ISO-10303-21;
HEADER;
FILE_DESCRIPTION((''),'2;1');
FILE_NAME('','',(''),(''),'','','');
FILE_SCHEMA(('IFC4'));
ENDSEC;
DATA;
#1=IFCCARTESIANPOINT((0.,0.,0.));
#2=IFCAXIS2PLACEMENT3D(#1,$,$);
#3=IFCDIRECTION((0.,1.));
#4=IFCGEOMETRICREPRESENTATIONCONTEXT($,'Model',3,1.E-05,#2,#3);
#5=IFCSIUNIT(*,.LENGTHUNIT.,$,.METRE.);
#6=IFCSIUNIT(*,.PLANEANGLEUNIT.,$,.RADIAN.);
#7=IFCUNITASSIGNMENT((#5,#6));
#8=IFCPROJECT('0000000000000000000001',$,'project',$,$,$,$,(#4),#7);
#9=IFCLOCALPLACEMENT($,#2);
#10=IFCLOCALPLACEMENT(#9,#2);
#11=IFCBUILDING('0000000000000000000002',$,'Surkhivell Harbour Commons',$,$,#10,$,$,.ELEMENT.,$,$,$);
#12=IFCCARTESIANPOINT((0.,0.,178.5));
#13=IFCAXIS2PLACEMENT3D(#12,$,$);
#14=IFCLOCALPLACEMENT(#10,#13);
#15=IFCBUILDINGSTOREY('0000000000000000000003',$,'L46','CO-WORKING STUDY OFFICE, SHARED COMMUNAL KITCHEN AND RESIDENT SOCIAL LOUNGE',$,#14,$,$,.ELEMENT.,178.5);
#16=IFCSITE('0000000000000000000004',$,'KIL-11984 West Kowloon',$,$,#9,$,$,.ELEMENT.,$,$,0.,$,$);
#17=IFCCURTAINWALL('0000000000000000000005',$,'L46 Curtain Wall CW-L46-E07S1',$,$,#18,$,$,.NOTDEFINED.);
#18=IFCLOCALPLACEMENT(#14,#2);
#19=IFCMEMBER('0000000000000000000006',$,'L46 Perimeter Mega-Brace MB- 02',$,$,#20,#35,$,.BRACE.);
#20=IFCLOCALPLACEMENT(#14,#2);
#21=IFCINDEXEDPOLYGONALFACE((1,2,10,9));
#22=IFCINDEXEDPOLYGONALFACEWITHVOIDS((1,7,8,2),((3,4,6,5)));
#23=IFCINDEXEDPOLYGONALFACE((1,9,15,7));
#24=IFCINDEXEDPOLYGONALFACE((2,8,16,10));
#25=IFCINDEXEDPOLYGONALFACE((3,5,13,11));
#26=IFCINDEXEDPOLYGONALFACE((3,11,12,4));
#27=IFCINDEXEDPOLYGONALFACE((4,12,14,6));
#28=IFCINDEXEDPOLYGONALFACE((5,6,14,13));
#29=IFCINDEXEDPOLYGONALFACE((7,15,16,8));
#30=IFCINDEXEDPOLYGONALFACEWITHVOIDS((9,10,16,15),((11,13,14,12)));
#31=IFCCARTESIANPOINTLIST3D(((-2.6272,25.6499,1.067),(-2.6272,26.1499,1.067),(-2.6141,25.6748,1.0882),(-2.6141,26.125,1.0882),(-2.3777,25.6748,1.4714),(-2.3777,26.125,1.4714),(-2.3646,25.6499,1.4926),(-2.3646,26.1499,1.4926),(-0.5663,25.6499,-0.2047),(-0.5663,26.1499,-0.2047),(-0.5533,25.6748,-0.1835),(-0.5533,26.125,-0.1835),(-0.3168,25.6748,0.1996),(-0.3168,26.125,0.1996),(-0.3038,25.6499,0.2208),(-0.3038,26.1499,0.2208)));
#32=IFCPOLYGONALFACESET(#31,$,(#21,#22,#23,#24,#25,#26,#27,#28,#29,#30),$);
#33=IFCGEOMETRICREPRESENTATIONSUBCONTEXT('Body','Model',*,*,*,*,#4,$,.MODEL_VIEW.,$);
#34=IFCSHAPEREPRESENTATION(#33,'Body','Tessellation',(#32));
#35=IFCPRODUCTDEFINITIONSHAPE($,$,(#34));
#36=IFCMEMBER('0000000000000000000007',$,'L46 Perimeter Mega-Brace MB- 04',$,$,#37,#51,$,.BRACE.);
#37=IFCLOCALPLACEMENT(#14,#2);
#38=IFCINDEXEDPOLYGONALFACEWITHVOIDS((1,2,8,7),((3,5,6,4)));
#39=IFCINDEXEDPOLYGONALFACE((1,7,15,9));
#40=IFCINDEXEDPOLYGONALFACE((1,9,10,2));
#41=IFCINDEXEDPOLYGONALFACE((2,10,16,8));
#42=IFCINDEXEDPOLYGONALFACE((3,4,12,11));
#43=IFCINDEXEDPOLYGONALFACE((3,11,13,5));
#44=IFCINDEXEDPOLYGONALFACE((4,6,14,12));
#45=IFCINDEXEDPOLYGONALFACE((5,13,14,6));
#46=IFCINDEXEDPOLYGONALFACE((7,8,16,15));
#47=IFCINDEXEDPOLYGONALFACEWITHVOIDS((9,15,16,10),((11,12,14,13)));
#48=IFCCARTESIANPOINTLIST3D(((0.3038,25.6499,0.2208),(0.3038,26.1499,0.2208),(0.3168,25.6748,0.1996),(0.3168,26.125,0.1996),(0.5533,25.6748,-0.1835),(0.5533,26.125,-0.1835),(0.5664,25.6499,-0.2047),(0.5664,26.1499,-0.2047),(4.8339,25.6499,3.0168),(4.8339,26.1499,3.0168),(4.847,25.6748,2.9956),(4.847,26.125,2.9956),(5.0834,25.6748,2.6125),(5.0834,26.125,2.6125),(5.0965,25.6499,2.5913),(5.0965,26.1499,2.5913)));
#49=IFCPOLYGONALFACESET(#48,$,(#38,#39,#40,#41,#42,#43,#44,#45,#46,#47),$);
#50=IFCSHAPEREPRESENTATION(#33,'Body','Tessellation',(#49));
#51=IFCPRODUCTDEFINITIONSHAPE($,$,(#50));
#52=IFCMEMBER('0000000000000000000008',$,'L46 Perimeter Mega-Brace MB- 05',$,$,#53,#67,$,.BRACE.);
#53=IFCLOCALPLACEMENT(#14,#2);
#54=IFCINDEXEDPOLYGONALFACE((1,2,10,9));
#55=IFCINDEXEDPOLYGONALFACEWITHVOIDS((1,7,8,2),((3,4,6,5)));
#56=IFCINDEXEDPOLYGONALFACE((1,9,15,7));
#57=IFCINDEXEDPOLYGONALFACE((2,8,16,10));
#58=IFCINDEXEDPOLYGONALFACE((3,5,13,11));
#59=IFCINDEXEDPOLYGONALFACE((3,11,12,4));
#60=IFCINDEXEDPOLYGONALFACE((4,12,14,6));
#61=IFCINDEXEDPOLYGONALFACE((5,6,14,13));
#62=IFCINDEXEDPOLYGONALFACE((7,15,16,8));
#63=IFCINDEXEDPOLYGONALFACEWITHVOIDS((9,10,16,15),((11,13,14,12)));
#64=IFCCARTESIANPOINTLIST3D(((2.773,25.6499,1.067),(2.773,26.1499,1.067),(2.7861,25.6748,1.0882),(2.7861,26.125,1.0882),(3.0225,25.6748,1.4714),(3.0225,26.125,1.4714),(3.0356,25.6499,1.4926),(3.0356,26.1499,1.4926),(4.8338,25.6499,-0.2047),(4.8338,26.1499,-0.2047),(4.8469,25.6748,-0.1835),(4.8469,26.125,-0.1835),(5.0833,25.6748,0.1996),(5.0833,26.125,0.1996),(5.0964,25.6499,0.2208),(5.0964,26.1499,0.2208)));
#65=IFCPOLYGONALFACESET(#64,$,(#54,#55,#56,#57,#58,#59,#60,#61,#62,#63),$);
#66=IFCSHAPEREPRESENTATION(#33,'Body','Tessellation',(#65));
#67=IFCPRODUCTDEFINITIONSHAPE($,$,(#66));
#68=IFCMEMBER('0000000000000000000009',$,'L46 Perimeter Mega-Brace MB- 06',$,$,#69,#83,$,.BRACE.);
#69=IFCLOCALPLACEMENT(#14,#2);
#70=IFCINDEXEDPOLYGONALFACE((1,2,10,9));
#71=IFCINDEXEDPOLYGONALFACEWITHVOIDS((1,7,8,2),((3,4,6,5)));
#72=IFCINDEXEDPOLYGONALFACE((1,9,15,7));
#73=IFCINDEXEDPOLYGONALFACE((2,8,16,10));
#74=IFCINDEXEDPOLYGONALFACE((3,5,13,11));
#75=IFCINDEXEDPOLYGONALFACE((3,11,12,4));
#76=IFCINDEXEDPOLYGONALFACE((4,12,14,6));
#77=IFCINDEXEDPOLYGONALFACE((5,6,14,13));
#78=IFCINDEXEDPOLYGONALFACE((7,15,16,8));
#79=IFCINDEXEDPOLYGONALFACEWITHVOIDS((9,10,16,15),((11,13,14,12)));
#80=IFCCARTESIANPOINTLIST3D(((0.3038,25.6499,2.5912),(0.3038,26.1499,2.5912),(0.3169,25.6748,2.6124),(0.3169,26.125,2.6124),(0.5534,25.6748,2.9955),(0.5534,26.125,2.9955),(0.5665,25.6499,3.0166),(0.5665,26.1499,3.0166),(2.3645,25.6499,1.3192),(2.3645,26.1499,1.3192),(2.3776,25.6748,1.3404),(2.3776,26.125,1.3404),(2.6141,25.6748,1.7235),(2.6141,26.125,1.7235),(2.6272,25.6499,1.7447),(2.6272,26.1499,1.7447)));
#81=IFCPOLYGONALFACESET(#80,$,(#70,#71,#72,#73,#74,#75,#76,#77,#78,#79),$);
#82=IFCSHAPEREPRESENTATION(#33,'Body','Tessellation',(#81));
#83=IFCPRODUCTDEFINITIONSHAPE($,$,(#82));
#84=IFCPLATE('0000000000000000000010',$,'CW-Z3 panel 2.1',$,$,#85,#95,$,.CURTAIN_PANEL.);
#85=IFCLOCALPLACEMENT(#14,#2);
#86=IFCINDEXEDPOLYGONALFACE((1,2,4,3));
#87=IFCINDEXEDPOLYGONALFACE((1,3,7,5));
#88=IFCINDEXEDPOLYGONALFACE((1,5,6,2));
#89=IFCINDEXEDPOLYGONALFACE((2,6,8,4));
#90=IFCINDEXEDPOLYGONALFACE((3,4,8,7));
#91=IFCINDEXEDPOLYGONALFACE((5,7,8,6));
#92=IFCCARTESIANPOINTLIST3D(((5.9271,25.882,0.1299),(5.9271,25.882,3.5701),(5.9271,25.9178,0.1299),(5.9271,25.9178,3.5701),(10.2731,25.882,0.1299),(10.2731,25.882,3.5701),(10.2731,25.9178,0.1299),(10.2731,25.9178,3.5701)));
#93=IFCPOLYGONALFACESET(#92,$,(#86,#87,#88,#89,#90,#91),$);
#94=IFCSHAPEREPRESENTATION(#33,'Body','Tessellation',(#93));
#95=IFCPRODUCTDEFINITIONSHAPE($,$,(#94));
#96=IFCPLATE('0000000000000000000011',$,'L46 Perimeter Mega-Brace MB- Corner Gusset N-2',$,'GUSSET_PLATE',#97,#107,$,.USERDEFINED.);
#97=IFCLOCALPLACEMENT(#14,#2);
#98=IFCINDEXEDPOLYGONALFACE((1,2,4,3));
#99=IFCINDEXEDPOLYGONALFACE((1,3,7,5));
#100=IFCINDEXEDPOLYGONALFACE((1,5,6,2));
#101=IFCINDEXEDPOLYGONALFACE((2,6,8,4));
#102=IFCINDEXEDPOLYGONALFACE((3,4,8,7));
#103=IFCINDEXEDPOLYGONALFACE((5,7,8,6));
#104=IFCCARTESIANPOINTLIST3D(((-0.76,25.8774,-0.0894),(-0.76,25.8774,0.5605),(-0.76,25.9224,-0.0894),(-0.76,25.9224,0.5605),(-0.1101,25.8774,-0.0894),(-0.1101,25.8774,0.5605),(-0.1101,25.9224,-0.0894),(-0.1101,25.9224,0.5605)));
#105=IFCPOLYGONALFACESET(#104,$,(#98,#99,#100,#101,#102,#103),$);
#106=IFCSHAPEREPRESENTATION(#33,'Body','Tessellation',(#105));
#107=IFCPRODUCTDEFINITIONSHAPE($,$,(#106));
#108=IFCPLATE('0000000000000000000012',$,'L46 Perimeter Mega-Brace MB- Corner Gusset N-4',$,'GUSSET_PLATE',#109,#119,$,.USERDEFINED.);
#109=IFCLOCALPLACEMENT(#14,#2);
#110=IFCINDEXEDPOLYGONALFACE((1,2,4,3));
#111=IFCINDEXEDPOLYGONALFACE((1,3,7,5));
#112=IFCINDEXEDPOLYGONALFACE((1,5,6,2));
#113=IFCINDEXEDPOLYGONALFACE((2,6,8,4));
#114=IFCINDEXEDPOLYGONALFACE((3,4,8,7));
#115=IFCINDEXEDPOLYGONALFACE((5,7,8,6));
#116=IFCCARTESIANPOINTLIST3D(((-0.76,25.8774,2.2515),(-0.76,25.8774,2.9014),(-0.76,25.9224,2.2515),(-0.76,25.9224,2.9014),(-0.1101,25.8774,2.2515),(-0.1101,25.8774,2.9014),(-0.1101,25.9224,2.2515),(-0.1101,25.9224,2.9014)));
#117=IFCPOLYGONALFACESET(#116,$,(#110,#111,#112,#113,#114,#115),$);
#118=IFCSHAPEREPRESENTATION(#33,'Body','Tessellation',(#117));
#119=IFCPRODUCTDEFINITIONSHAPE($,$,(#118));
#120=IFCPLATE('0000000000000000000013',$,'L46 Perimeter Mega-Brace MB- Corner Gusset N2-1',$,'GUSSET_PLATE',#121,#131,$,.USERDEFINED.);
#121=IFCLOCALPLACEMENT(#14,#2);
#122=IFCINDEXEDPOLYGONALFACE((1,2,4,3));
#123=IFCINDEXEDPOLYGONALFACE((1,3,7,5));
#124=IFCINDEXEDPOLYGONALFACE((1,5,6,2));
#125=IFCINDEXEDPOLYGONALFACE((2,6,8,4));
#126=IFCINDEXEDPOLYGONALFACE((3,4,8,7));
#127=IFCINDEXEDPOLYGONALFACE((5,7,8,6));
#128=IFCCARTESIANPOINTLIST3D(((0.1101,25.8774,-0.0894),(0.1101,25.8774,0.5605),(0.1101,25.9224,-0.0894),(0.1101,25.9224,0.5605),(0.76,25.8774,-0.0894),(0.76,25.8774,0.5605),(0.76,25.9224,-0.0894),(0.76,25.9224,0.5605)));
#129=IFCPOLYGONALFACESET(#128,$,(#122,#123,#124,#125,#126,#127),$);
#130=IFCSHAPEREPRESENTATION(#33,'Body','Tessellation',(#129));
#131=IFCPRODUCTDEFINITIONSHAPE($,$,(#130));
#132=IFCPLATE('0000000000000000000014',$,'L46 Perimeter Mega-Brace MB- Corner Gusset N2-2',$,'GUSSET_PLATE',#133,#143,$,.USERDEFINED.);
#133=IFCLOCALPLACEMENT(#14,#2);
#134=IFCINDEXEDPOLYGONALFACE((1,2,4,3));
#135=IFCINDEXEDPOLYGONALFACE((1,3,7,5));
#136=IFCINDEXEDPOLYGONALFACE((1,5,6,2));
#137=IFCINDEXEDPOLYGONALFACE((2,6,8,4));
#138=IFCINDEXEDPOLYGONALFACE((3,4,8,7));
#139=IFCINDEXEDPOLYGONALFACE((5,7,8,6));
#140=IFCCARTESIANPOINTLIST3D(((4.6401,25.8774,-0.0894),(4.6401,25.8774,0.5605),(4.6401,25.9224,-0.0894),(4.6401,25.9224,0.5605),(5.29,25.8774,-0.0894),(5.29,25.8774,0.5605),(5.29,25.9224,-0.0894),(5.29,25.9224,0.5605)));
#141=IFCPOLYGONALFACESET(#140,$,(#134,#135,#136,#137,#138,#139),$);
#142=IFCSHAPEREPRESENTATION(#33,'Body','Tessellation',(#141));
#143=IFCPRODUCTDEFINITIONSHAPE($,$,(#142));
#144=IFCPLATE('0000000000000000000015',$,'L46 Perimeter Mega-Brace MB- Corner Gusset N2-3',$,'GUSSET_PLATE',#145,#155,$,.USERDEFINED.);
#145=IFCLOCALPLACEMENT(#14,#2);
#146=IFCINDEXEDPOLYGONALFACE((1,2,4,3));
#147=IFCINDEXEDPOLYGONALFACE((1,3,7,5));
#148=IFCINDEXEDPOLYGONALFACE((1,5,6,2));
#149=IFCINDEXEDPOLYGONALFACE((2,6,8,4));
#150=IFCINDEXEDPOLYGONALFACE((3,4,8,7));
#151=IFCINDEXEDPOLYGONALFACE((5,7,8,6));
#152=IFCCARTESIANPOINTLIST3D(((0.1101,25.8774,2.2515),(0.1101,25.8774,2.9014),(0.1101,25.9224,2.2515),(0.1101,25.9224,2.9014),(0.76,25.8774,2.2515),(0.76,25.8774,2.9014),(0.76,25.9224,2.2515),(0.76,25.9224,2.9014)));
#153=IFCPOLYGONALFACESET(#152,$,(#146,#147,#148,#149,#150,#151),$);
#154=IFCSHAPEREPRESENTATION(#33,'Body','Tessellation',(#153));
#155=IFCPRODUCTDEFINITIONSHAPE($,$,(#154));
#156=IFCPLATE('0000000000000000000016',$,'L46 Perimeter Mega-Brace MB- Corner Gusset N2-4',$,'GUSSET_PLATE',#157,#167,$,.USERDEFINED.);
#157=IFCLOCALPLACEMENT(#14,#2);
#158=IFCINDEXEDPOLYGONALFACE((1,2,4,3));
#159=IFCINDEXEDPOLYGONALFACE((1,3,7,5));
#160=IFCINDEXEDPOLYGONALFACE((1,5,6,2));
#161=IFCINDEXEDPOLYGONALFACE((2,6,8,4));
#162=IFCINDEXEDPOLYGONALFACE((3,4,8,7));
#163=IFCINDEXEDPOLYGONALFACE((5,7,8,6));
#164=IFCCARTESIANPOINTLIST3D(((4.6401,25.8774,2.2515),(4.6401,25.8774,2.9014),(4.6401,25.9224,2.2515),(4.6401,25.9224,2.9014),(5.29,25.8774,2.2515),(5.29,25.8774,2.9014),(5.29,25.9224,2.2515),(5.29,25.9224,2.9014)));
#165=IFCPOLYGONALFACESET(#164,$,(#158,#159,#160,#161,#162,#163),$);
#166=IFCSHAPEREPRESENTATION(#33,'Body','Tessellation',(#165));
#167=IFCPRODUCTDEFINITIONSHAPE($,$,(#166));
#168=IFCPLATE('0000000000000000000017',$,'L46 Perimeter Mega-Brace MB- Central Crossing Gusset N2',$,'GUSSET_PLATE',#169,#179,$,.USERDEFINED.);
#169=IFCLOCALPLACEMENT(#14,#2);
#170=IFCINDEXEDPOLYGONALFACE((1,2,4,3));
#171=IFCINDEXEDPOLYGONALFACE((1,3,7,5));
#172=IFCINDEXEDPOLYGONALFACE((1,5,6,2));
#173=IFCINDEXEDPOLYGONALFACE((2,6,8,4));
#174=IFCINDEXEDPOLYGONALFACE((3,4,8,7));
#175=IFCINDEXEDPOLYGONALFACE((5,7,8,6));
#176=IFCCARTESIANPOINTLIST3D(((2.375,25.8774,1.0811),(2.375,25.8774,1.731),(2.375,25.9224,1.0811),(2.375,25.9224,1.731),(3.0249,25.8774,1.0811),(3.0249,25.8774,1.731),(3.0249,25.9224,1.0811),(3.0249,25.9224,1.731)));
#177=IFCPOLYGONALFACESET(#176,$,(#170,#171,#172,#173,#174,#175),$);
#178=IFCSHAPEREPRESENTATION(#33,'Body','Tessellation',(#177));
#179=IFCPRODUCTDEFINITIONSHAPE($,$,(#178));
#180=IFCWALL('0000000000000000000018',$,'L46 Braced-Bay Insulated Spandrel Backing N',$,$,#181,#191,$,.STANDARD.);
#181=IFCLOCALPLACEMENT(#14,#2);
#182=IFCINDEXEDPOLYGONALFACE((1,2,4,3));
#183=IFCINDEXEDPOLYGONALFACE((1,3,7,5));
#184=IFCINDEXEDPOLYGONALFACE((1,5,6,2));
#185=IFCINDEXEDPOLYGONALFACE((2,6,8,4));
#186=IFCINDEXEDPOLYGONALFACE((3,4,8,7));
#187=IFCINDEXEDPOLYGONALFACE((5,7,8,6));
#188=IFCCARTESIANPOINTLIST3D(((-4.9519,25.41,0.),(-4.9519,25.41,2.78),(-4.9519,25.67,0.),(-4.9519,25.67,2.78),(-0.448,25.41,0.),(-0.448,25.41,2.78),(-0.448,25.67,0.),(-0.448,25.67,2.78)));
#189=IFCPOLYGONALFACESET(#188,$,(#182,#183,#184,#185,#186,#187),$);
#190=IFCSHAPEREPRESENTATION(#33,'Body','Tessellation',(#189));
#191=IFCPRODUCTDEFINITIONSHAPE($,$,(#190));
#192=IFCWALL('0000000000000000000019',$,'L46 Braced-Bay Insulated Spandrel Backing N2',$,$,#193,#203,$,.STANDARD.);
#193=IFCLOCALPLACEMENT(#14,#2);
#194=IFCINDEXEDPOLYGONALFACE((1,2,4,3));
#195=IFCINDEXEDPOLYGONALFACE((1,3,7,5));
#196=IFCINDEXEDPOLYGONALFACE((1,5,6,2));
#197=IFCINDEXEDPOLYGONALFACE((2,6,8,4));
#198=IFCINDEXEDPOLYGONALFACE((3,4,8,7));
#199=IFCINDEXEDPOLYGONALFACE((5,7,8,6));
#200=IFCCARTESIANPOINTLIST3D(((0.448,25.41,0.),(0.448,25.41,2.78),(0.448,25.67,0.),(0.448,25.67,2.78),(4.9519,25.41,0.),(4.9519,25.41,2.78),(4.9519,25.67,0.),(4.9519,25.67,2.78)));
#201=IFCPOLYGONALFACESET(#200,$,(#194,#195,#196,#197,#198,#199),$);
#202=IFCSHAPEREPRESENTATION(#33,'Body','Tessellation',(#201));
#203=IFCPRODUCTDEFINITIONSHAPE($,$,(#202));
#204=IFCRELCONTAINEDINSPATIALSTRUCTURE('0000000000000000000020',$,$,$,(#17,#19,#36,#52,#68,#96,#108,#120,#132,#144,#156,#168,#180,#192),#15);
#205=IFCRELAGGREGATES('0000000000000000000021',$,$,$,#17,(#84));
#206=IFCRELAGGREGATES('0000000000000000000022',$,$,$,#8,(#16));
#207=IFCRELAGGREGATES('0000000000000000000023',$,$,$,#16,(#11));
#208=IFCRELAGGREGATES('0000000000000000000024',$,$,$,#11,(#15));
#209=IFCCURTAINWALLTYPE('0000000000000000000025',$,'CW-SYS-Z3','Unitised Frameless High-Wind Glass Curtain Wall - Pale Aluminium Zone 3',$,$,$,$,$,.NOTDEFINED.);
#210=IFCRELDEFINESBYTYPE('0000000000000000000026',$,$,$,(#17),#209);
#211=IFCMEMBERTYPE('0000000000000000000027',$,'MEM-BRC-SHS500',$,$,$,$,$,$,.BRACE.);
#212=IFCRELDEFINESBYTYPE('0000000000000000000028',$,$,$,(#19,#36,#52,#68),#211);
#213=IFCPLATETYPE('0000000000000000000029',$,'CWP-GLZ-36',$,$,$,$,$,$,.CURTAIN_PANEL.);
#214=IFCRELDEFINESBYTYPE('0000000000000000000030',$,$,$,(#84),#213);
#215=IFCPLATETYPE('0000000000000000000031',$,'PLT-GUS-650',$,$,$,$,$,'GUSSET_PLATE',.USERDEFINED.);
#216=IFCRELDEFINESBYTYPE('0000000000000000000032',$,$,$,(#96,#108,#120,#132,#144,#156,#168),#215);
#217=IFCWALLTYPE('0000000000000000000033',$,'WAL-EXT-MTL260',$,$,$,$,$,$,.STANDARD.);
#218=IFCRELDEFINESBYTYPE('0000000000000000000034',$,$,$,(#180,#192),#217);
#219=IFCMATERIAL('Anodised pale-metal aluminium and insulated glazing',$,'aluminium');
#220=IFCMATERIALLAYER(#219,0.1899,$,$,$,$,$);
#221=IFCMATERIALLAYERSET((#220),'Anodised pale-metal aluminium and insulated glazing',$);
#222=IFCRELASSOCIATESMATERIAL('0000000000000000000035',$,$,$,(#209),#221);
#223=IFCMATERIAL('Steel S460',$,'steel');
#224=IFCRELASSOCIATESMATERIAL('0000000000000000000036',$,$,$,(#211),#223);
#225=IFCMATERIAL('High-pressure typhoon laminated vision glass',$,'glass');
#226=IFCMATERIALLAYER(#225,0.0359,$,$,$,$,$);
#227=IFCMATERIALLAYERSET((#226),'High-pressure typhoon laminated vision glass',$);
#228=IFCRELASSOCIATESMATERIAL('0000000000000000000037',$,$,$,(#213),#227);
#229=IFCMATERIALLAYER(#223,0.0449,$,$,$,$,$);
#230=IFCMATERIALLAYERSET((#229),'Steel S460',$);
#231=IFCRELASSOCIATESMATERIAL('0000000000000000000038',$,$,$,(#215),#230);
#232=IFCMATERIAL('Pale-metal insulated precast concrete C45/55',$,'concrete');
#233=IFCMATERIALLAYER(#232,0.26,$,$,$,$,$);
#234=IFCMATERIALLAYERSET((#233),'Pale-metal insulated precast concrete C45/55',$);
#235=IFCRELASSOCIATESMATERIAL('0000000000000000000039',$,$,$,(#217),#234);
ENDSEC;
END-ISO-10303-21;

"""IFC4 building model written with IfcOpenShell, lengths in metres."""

from ifc_helpers import new_model, si_unit, direction, frame, frame_2d, origin, origin_2d, place, context, subcontext, project, spatial, rectangle, hollow_rectangle, extrude, material, layer, layer_set, material_profile, profile_set, type_object, element, aggregate, save


model = new_model("IFC4")

# Units and contexts
model_context = context("Model", 3, precision=1e-05, world=origin(), true_north=direction((0.0, 1.0)))
body_context = subcontext(model_context, "Body", "Model", "MODEL_VIEW")
ifc_project = project(units=[si_unit("LENGTHUNIT", "METRE"), si_unit("PLANEANGLEUNIT", "RADIAN")], contexts=[model_context])

# Site, building, storey
site_placement = place(None, origin())
site = spatial("IfcSite", under=ifc_project, at=site_placement, Name="KIL-11984 West Kowloon", CompositionType="ELEMENT", RefElevation=0.0)
building_placement = place(site_placement, origin())
building = spatial("IfcBuilding", under=site, at=building_placement, Name="Surkhivell Harbour Commons", CompositionType="ELEMENT")
storey_placement = place(building_placement, frame((0.0, 0.0, 178.5)))
storey = spatial("IfcBuildingStorey", under=building, at=storey_placement, Name="L46", Description="CO-WORKING STUDY OFFICE, SHARED COMMUNAL KITCHEN AND RESIDENT SOCIAL LOUNGE", CompositionType="ELEMENT", Elevation=178.5)

# Curtain wall
ifc_material_1 = material(Name="Anodised pale-metal aluminium and insulated glazing", Category="aluminium")
ifc_layer_1 = layer(ifc_material_1, 0.1899)
ifc_layer_set_1 = layer_set([ifc_layer_1], Name="Anodised pale-metal aluminium and insulated glazing")
curtain_wall_type = type_object("IfcCurtainWallType", Name="CW-SYS-Z3", Description="Unitised Frameless High-Wind Glass Curtain Wall - Pale Aluminium Zone 3", PredefinedType="NOTDEFINED", material=ifc_layer_set_1)
curtain_wall_placement = place(storey_placement, origin())
curtain_wall = element("IfcCurtainWall", 1, at=curtain_wall_placement, inside=storey, type_object=curtain_wall_type, Name="L46 Curtain Wall CW-L46-E07S1", PredefinedType="NOTDEFINED")

# Members
ifc_material_2 = material(Name="Steel S460", Category="steel")
ifc_material_profile_1 = material_profile(ifc_material_2, hollow_rectangle(XDim=0.5, YDim=0.5, WallThickness=0.0249, at=origin_2d()), Name="SHS500x500x25")
ifc_profile_set_1 = profile_set([ifc_material_profile_1], Name="Steel S460")
member_type_1 = type_object("IfcMemberType", Name="MEM-BRC-SHS500", PredefinedType="BRACE", material=ifc_profile_set_1)
member_1_placement = place(storey_placement, frame((-0.4351, 25.8999, 0.0081), z_axis=(-0.851003, 0.0, 0.52516), x_axis=(0.0, -1.0, 0.0)))
element("IfcMember", 2, at=member_1_placement, inside=storey, type_object=member_type_1, Name="L46 Perimeter Mega-Brace MB- 02", PredefinedType="BRACE", context=body_context, shape_type="SweptSolid", body=[
    extrude(hollow_rectangle(XDim=0.5, YDim=0.5, WallThickness=0.0249, at=origin_2d()), origin(), (0.0, 0.0, 1.0), 2.4216),
])
member_2_placement = place(storey_placement, frame((0.4351, 25.8999, 0.0081), z_axis=(0.850971, 0.0, 0.525213), x_axis=(0.0, 1.0, 0.0)))
element("IfcMember", 3, at=member_2_placement, inside=storey, type_object=member_type_1, Name="L46 Perimeter Mega-Brace MB- 04", PredefinedType="BRACE", context=body_context, shape_type="SweptSolid", body=[
    extrude(hollow_rectangle(XDim=0.5, YDim=0.5, WallThickness=0.0249, at=origin_2d()), origin(), (0.0, 0.0, 1.0), 5.3235),
])
for number, where, z_axis, x_axis, name in (
    (4, (4.9651, 25.8999, 0.0081), (-0.851003, 0.0, 0.52516), (0.0, -1.0, 0.0), "L46 Perimeter Mega-Brace MB- 05"),
    (5, (2.4958, 25.8999, 1.532), (-0.850958, 0.0, 0.525233), (0.0, -1.0, 0.0), "L46 Perimeter Mega-Brace MB- 06"),
):
    element("IfcMember", number, at=place(storey_placement, frame(where, z_axis=z_axis, x_axis=x_axis)), inside=storey, type_object=member_type_1, Name=name, PredefinedType="BRACE", context=body_context, shape_type="SweptSolid", body=[
        extrude(hollow_rectangle(XDim=0.5, YDim=0.5, WallThickness=0.0249, at=origin_2d()), origin(), (0.0, 0.0, 1.0), 2.4216),
    ])

# Plate
ifc_material_3 = material(Name="High-pressure typhoon laminated vision glass", Category="glass")
ifc_layer_2 = layer(ifc_material_3, 0.0359)
ifc_layer_set_2 = layer_set([ifc_layer_2], Name="High-pressure typhoon laminated vision glass")
plate_type_1 = type_object("IfcPlateType", Name="CWP-GLZ-36", PredefinedType="CURTAIN_PANEL", material=ifc_layer_set_2)
plate_placement = place(storey_placement, frame((10.2729, 25.8999, 0.1299), z_axis=(0.0, 0.0, 1.0), x_axis=(-1.0, 0.0, 0.0)))
plate = element("IfcPlate", 6, at=plate_placement, type_object=plate_type_1, Name="CW-Z3 panel 2.1", PredefinedType="CURTAIN_PANEL", context=body_context, shape_type="SweptSolid", body=[
    extrude(rectangle(XDim=4.3459, YDim=0.0359, at=frame_2d((2.1729, 0.0))), origin(), (0.0, 0.0, 1.0), 3.4402),
])
aggregate(curtain_wall, [plate])

# Plates
ifc_layer_3 = layer(ifc_material_2, 0.0449)
ifc_layer_set_3 = layer_set([ifc_layer_3], Name="Steel S460")
plate_type_2 = type_object("IfcPlateType", Name="PLT-GUS-650", ElementType="GUSSET_PLATE", PredefinedType="USERDEFINED", material=ifc_layer_set_3)
for number, where, z_axis, x_axis, name in (
    (7, (-0.4351, 25.8999, -0.0894), (0.0, 0.0, 1.0), (1.0, 0.0, 0.0), "L46 Perimeter Mega-Brace MB- Corner Gusset N-2"),
    (8, (-0.4351, 25.8999, 2.2515), (0.0, 0.0, 1.0), (1.0, 0.0, 0.0), "L46 Perimeter Mega-Brace MB- Corner Gusset N-4"),
    (9, (0.4351, 25.8999, -0.0894), (0.0, 0.0, 1.0), (1.0, 0.0, 0.0), "L46 Perimeter Mega-Brace MB- Corner Gusset N2-1"),
    (10, (4.9651, 25.8999, -0.0894), (0.0, 0.0, 1.0), (1.0, 0.0, 0.0), "L46 Perimeter Mega-Brace MB- Corner Gusset N2-2"),
    (11, (0.4351, 25.8999, 2.2515), (0.0, 0.0, 1.0), (1.0, 0.0, 0.0), "L46 Perimeter Mega-Brace MB- Corner Gusset N2-3"),
    (12, (4.9651, 25.8999, 2.2515), (0.0, 0.0, 1.0), (1.0, 0.0, 0.0), "L46 Perimeter Mega-Brace MB- Corner Gusset N2-4"),
    (13, (2.7, 25.8999, 1.0811), (0.0, 0.0, 1.0), (1.0, 0.0, 0.0), "L46 Perimeter Mega-Brace MB- Central Crossing Gusset N2"),
):
    element("IfcPlate", number, at=place(storey_placement, frame(where, z_axis=z_axis, x_axis=x_axis)), inside=storey, type_object=plate_type_2, Name=name, ObjectType="GUSSET_PLATE", PredefinedType="USERDEFINED", context=body_context, shape_type="SweptSolid", body=[
        extrude(rectangle(XDim=0.6499, YDim=0.0449, at=origin_2d()), origin(), (0.0, 0.0, 1.0), 0.6499),
    ])

# Walls
ifc_material_4 = material(Name="Pale-metal insulated precast concrete C45/55", Category="concrete")
ifc_layer_4 = layer(ifc_material_4, 0.26)
ifc_layer_set_4 = layer_set([ifc_layer_4], Name="Pale-metal insulated precast concrete C45/55")
wall_type = type_object("IfcWallType", Name="WAL-EXT-MTL260", PredefinedType="STANDARD", material=ifc_layer_set_4)
for number, where, z_axis, x_axis, name in (
    (14, (-0.448, 25.54, 0.0), (0.0, 0.0, 1.0), (-1.0, 0.0, 0.0), "L46 Braced-Bay Insulated Spandrel Backing N"),
    (15, (4.9519, 25.54, 0.0), (0.0, 0.0, 1.0), (-1.0, 0.0, 0.0), "L46 Braced-Bay Insulated Spandrel Backing N2"),
):
    element("IfcWall", number, at=place(storey_placement, frame(where, z_axis=z_axis, x_axis=x_axis)), inside=storey, type_object=wall_type, Name=name, PredefinedType="STANDARD", context=body_context, shape_type="SweptSolid", body=[
        extrude(rectangle(XDim=4.5039, YDim=0.26, at=frame_2d((2.252, 0.0))), origin(), (0.0, 0.0, 1.0), 2.78),
    ])

save(model, "model.ifc")
